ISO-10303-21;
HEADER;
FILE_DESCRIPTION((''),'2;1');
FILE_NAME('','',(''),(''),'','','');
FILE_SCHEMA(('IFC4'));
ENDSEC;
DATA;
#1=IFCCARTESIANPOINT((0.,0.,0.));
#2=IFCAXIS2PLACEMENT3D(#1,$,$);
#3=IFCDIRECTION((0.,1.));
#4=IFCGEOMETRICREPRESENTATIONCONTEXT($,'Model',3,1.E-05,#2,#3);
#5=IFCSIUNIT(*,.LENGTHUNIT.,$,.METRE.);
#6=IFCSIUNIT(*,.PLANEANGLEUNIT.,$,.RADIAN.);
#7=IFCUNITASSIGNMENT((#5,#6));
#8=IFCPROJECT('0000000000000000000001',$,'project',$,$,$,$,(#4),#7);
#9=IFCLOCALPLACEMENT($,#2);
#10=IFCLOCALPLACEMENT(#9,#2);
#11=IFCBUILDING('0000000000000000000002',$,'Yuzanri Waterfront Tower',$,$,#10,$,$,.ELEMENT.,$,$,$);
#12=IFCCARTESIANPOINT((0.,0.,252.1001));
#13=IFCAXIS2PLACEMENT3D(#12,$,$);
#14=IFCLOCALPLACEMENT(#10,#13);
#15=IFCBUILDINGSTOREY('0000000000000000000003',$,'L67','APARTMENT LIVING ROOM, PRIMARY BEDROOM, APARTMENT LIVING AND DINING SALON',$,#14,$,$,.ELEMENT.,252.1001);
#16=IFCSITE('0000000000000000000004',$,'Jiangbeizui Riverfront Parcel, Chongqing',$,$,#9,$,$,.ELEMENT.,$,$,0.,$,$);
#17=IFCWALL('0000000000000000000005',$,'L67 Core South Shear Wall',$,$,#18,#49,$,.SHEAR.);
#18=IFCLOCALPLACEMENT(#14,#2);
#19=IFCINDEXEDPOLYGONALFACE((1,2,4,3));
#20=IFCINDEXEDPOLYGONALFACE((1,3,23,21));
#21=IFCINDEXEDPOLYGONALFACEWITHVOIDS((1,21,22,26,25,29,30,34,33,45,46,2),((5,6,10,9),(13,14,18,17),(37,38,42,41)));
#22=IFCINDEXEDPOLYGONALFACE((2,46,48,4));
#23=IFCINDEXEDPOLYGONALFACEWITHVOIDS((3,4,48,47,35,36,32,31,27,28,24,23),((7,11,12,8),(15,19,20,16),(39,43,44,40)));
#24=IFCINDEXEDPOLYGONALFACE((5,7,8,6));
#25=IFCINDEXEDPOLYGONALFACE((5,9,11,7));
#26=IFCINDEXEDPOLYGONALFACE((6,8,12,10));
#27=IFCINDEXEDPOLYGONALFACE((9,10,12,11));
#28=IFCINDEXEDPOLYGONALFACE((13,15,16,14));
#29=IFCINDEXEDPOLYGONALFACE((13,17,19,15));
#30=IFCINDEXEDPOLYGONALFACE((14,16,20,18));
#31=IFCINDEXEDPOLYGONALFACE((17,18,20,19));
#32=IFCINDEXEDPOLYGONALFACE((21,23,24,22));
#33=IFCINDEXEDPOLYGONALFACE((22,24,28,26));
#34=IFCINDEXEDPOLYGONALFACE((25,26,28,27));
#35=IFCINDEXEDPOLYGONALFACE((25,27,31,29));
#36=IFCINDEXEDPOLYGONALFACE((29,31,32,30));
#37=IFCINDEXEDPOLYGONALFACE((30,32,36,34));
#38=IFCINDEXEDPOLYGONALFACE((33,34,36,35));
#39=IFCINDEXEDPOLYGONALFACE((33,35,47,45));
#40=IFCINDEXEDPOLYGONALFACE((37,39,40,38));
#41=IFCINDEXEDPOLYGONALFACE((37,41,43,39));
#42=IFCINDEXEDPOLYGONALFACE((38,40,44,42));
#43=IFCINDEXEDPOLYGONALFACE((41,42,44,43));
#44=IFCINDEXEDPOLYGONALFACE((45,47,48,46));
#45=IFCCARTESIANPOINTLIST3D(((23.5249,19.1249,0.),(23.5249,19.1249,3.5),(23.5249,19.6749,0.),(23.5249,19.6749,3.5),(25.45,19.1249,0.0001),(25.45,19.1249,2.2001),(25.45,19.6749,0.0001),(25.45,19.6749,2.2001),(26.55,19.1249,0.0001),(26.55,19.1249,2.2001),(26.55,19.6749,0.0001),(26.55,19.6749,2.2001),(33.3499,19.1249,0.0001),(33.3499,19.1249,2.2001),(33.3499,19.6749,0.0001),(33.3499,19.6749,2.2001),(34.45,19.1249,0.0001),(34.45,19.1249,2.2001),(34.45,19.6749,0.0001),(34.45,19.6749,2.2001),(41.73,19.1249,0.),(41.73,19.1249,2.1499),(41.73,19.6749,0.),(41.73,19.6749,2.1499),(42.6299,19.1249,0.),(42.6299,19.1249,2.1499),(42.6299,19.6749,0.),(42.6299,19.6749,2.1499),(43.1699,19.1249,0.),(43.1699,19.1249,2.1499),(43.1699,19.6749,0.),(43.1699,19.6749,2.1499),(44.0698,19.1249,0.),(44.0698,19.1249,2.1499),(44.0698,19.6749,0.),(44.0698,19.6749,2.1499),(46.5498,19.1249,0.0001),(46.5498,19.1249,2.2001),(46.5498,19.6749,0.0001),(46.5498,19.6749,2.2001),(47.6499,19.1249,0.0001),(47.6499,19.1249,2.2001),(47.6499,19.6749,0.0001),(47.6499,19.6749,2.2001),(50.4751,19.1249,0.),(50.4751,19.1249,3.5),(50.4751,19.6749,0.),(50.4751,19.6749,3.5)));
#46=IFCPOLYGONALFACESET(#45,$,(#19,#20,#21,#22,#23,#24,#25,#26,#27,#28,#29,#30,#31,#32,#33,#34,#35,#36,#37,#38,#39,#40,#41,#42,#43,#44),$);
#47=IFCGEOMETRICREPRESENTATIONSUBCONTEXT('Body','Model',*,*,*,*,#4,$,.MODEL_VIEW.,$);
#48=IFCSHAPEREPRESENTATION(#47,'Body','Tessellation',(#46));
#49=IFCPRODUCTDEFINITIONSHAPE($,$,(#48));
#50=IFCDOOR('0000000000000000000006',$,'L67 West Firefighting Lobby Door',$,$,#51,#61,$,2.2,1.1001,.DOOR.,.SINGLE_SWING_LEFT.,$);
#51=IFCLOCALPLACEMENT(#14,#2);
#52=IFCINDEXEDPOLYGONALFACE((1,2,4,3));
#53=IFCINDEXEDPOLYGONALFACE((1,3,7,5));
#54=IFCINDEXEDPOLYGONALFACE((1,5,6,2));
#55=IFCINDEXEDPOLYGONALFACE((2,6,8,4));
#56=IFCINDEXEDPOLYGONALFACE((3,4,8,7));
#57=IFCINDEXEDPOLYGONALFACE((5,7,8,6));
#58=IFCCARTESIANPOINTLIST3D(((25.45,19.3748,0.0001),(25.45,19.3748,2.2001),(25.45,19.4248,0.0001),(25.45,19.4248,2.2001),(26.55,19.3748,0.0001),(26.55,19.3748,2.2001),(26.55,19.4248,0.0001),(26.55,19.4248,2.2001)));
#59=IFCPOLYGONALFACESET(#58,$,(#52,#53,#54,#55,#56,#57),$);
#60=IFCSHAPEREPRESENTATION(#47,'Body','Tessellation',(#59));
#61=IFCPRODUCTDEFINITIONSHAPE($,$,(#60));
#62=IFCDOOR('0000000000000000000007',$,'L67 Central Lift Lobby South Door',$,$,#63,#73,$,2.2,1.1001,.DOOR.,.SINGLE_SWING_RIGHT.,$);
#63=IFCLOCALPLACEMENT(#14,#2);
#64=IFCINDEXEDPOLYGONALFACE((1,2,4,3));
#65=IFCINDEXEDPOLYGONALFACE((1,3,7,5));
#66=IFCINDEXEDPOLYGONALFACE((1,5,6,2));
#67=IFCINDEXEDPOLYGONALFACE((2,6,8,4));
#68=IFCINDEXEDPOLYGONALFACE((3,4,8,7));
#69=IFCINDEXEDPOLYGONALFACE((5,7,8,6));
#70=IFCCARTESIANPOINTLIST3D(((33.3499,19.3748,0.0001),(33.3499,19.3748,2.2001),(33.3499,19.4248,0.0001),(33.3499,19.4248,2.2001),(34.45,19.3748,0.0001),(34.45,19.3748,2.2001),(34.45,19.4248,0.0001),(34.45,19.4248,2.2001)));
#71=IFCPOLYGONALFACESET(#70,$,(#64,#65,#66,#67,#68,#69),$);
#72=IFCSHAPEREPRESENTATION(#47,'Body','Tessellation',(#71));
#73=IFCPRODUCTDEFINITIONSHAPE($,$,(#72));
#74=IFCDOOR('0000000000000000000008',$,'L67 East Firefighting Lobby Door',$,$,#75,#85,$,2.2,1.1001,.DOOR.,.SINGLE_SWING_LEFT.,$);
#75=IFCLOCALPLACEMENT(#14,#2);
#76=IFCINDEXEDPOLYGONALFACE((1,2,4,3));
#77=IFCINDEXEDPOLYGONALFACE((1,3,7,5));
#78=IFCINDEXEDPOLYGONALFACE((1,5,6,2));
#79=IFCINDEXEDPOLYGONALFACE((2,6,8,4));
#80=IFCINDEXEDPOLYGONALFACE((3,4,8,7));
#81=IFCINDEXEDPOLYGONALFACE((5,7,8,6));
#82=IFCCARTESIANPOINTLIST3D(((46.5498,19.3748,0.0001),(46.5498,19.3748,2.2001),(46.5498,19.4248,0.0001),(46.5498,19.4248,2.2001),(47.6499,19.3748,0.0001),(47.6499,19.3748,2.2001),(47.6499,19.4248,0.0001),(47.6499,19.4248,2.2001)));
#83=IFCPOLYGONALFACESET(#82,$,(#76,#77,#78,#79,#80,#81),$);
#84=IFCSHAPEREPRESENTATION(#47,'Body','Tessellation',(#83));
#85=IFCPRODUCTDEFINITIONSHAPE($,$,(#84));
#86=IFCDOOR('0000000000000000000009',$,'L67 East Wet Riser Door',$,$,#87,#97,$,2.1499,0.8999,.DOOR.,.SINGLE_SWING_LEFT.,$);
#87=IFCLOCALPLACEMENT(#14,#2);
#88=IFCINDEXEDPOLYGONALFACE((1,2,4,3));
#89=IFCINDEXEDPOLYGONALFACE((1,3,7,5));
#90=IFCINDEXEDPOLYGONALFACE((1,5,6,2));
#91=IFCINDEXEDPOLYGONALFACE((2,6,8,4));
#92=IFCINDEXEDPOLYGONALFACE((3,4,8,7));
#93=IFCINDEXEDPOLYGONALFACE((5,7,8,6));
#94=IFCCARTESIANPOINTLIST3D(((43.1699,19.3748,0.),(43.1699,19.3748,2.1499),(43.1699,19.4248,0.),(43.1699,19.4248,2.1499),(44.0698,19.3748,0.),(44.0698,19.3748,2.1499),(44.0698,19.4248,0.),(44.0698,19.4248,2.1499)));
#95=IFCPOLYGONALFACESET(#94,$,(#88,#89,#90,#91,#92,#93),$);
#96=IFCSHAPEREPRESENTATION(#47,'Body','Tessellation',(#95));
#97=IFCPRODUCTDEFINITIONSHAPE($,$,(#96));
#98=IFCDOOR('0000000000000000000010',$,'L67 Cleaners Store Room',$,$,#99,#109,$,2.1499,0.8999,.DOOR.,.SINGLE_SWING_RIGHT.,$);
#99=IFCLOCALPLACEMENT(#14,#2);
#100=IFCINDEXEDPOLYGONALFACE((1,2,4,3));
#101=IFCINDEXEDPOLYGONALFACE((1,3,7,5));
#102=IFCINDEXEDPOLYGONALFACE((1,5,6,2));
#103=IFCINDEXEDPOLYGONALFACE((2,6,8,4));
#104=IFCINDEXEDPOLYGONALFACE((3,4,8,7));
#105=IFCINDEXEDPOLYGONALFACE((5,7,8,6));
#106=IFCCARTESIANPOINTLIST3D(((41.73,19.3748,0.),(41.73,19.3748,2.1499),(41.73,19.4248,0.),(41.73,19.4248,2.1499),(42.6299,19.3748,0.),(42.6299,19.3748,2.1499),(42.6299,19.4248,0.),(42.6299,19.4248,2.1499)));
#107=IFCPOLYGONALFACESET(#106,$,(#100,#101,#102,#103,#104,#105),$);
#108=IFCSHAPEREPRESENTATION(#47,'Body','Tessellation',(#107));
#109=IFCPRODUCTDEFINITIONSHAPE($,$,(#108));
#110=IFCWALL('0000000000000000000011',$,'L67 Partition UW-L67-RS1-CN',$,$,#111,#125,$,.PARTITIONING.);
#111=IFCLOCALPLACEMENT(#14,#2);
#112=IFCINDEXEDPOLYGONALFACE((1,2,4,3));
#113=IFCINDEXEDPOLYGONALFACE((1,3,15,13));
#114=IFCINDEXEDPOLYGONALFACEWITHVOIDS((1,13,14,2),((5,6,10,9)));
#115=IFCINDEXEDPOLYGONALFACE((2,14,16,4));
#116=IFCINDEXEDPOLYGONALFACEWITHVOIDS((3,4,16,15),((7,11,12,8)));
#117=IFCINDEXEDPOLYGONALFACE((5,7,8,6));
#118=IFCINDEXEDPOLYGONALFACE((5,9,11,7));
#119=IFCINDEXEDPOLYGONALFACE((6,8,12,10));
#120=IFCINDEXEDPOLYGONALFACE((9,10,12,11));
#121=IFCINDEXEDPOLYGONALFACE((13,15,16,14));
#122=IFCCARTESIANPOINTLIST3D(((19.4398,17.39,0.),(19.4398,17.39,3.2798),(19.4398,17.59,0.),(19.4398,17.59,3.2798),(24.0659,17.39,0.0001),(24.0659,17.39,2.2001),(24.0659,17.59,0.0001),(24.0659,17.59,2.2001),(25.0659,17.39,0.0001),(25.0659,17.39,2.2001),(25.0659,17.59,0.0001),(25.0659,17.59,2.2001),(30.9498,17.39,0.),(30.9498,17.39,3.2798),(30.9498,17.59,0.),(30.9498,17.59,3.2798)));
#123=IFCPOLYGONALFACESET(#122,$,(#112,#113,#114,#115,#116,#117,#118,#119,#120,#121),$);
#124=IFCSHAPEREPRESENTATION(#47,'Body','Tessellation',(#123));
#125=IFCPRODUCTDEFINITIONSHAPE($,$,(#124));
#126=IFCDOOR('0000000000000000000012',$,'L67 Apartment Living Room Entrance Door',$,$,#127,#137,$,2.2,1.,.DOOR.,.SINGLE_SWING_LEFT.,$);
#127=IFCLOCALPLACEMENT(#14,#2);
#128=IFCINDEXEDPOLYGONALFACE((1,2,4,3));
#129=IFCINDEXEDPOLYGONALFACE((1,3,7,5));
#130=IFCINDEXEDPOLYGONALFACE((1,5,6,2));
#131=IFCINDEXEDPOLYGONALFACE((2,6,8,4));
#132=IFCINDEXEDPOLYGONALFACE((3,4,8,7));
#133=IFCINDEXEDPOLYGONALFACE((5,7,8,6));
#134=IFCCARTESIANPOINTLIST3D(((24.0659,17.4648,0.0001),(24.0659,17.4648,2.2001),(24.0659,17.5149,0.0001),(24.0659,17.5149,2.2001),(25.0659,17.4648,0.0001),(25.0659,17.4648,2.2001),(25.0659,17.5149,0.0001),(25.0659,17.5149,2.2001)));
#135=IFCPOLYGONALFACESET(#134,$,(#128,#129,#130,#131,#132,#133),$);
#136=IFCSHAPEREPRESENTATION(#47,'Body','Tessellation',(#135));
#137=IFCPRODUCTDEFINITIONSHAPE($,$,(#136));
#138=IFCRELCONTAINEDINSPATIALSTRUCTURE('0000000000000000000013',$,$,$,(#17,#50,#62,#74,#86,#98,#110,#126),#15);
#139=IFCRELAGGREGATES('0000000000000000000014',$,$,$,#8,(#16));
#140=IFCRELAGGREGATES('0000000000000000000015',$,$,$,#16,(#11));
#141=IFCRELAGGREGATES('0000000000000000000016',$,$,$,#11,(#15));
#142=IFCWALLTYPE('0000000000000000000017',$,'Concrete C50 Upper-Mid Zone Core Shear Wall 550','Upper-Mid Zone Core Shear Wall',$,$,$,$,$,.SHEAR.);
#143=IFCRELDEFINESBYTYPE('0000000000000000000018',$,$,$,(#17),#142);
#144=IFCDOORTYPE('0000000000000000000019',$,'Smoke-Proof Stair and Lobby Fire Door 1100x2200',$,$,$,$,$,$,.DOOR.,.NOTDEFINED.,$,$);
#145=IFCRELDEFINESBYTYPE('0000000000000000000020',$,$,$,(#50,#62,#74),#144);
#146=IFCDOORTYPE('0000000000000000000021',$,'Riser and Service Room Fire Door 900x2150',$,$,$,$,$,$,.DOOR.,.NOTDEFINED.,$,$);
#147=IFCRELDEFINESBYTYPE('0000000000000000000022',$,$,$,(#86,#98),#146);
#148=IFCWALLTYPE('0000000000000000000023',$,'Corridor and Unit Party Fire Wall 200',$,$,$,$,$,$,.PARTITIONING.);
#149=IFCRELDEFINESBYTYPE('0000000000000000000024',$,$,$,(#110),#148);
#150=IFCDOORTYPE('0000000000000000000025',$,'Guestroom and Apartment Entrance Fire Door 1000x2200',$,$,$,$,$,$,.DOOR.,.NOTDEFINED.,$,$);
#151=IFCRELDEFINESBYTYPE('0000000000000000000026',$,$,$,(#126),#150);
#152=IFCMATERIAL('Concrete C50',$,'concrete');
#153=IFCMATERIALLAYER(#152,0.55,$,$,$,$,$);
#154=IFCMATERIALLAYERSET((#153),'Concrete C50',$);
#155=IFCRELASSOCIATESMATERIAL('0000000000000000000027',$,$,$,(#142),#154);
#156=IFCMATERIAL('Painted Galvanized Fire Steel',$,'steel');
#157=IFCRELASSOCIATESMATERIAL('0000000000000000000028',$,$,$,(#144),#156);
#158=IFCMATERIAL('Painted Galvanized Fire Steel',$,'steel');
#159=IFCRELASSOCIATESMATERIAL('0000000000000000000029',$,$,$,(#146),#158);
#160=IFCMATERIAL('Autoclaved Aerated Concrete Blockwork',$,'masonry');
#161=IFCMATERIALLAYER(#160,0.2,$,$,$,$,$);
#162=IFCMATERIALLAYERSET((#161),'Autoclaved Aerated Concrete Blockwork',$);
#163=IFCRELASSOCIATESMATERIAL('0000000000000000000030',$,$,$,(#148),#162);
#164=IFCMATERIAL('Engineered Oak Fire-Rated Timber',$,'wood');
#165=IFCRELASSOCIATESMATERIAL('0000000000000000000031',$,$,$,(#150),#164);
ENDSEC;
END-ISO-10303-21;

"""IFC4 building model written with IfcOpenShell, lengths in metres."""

from ifc_helpers import new_model, si_unit, direction, frame, frame_2d, origin, place, context, subcontext, project, spatial, rectangle, extrude, source, transform, mapped, material, layer, layer_set, type_object, element, fill, save


model = new_model("IFC4")

# Units and contexts
model_context = context("Model", 3, precision=1e-05, world=origin(), true_north=direction((0.0, 1.0)))
body_context = subcontext(model_context, "Body", "Model", "MODEL_VIEW")
ifc_project = project(units=[si_unit("LENGTHUNIT", "METRE"), si_unit("PLANEANGLEUNIT", "RADIAN")], contexts=[model_context])

# Site, building, storey
site_placement = place(None, origin())
site = spatial("IfcSite", under=ifc_project, at=site_placement, Name="Jiangbeizui Riverfront Parcel, Chongqing", CompositionType="ELEMENT", RefElevation=0.0)
building_placement = place(site_placement, origin())
building = spatial("IfcBuilding", under=site, at=building_placement, Name="Yuzanri Waterfront Tower", CompositionType="ELEMENT")
storey_placement = place(building_placement, frame((0.0, 0.0, 252.1001)))
storey = spatial("IfcBuildingStorey", under=building, at=storey_placement, Name="L67", Description="APARTMENT LIVING ROOM, PRIMARY BEDROOM, APARTMENT LIVING AND DINING SALON", CompositionType="ELEMENT", Elevation=252.1001)

# Wall, openings, doors
ifc_material_1 = material(Name="Concrete C50", Category="concrete")
ifc_layer_1 = layer(ifc_material_1, 0.55)
ifc_layer_set_1 = layer_set([ifc_layer_1], Name="Concrete C50")
wall_type_1 = type_object("IfcWallType", Name="Concrete C50 Upper-Mid Zone Core Shear Wall 550", Description="Upper-Mid Zone Core Shear Wall", PredefinedType="SHEAR", material=ifc_layer_set_1)
wall_1_placement = place(storey_placement, frame((23.5249, 19.3999, 0.0), z_axis=(0.0, 0.0, 1.0), x_axis=(1.0, 0.0, 0.0)))
wall_1 = element("IfcWall", 1, at=wall_1_placement, inside=storey, type_object=wall_type_1, Name="L67 Core South Shear Wall", PredefinedType="SHEAR", context=body_context, shape_type="SweptSolid", body=[
    extrude(rectangle(XDim=26.9502, YDim=0.55, at=frame_2d((13.4751, 0.0))), origin(), (0.0, 0.0, 1.0), 3.5),
])
opening_1_placement = place(wall_1_placement, frame((1.925, 0.0, 0.0)))
opening_1 = element("IfcOpeningElement", 2, at=opening_1_placement, cuts=wall_1, PredefinedType="OPENING", context=body_context, shape_type="SweptSolid", body=[
    extrude(rectangle(XDim=1.1001, YDim=2.2, at=frame_2d((0.55, 1.1001))), frame((0.0, 0.29, 0.0), z_axis=(0.0, -1.0, 0.0), x_axis=(1.0, 0.0, 0.0)), (0.0, 0.0, 1.0), 0.5798),
])
opening_2_placement = place(wall_1_placement, frame((9.825, 0.0, 0.0)))
opening_2 = element("IfcOpeningElement", 3, at=opening_2_placement, cuts=wall_1, PredefinedType="OPENING", context=body_context, shape_type="SweptSolid", body=[
    extrude(rectangle(XDim=1.1001, YDim=2.2, at=frame_2d((0.55, 1.1001))), frame((0.0, 0.29, 0.0), z_axis=(0.0, -1.0, 0.0), x_axis=(1.0, 0.0, 0.0)), (0.0, 0.0, 1.0), 0.5798),
])
opening_3_placement = place(wall_1_placement, frame((23.0249, 0.0, 0.0)))
opening_3 = element("IfcOpeningElement", 4, at=opening_3_placement, cuts=wall_1, PredefinedType="OPENING", context=body_context, shape_type="SweptSolid", body=[
    extrude(rectangle(XDim=1.1001, YDim=2.2, at=frame_2d((0.55, 1.1001))), frame((0.0, 0.29, 0.0), z_axis=(0.0, -1.0, 0.0), x_axis=(1.0, 0.0, 0.0)), (0.0, 0.0, 1.0), 0.5798),
])
opening_4_placement = place(wall_1_placement, frame((19.645, 0.0, 0.0)))
opening_4 = element("IfcOpeningElement", 5, at=opening_4_placement, cuts=wall_1, PredefinedType="OPENING", context=body_context, shape_type="SweptSolid", body=[
    extrude(rectangle(XDim=0.8999, YDim=2.1499, at=frame_2d((0.45, 1.075))), frame((0.0, 0.29, 0.0), z_axis=(0.0, -1.0, 0.0), x_axis=(1.0, 0.0, 0.0)), (0.0, 0.0, 1.0), 0.5798),
])
opening_5_placement = place(wall_1_placement, frame((18.2051, 0.0, 0.0)))
opening_5 = element("IfcOpeningElement", 6, at=opening_5_placement, cuts=wall_1, PredefinedType="OPENING", context=body_context, shape_type="SweptSolid", body=[
    extrude(rectangle(XDim=0.8999, YDim=2.1499, at=frame_2d((0.45, 1.075))), frame((0.0, 0.29, 0.0), z_axis=(0.0, -1.0, 0.0), x_axis=(1.0, 0.0, 0.0)), (0.0, 0.0, 1.0), 0.5798),
])
ifc_material_2 = material(Name="Painted Galvanized Fire Steel", Category="steel")
door_type_1 = type_object("IfcDoorType", Name="Smoke-Proof Stair and Lobby Fire Door 1100x2200", OperationType="NOTDEFINED", PredefinedType="DOOR", material=ifc_material_2)
shared_shape_1 = source(origin(), body_context, "Body", "SweptSolid", [
    extrude(rectangle(XDim=1.1001, YDim=2.2, at=frame_2d((0.55, 1.1001))), frame((0.0, 0.0249, 0.0), z_axis=(0.0, -1.0, 0.0), x_axis=(1.0, 0.0, 0.0)), (0.0, 0.0, 1.0), 0.05),
])
door_1_placement = place(opening_1_placement, origin())
door_1 = element("IfcDoor", 7, at=door_1_placement, inside=storey, type_object=door_type_1, Name="L67 West Firefighting Lobby Door", OperationType="SINGLE_SWING_LEFT", OverallHeight=2.2, OverallWidth=1.1001, PredefinedType="DOOR", context=body_context, shape_type="MappedRepresentation", body=[
    mapped(shared_shape_1, transform((0.0, 0.0, 0.0), scale=1.0)),
])
fill(opening_1, door_1)
door_2_placement = place(opening_2_placement, origin())
door_2 = element("IfcDoor", 8, at=door_2_placement, inside=storey, type_object=door_type_1, Name="L67 Central Lift Lobby South Door", OperationType="SINGLE_SWING_RIGHT", OverallHeight=2.2, OverallWidth=1.1001, PredefinedType="DOOR", context=body_context, shape_type="MappedRepresentation", body=[
    mapped(shared_shape_1, transform((0.0, 0.0, 0.0), scale=1.0)),
])
fill(opening_2, door_2)
door_3_placement = place(opening_3_placement, origin())
door_3 = element("IfcDoor", 9, at=door_3_placement, inside=storey, type_object=door_type_1, Name="L67 East Firefighting Lobby Door", OperationType="SINGLE_SWING_LEFT", OverallHeight=2.2, OverallWidth=1.1001, PredefinedType="DOOR", context=body_context, shape_type="MappedRepresentation", body=[
    mapped(shared_shape_1, transform((0.0, 0.0, 0.0), scale=1.0)),
])
fill(opening_3, door_3)
ifc_material_3 = material(Name="Painted Galvanized Fire Steel", Category="steel")
door_type_2 = type_object("IfcDoorType", Name="Riser and Service Room Fire Door 900x2150", OperationType="NOTDEFINED", PredefinedType="DOOR", material=ifc_material_3)
shared_shape_2 = source(origin(), body_context, "Body", "SweptSolid", [
    extrude(rectangle(XDim=0.8999, YDim=2.1499, at=frame_2d((0.45, 1.075))), frame((0.0, 0.0249, 0.0), z_axis=(0.0, -1.0, 0.0), x_axis=(1.0, 0.0, 0.0)), (0.0, 0.0, 1.0), 0.05),
])
door_4_placement = place(opening_4_placement, origin())
door_4 = element("IfcDoor", 10, at=door_4_placement, inside=storey, type_object=door_type_2, Name="L67 East Wet Riser Door", OperationType="SINGLE_SWING_LEFT", OverallHeight=2.1499, OverallWidth=0.8999, PredefinedType="DOOR", context=body_context, shape_type="MappedRepresentation", body=[
    mapped(shared_shape_2, transform((0.0, 0.0, 0.0), scale=1.0)),
])
fill(opening_4, door_4)
door_5_placement = place(opening_5_placement, origin())
door_5 = element("IfcDoor", 11, at=door_5_placement, inside=storey, type_object=door_type_2, Name="L67 Cleaners Store Room", OperationType="SINGLE_SWING_RIGHT", OverallHeight=2.1499, OverallWidth=0.8999, PredefinedType="DOOR", context=body_context, shape_type="MappedRepresentation", body=[
    mapped(shared_shape_2, transform((0.0, 0.0, 0.0), scale=1.0)),
])
fill(opening_5, door_5)

# Wall, opening, door
ifc_material_4 = material(Name="Autoclaved Aerated Concrete Blockwork", Category="masonry")
ifc_layer_2 = layer(ifc_material_4, 0.2)
ifc_layer_set_2 = layer_set([ifc_layer_2], Name="Autoclaved Aerated Concrete Blockwork")
wall_type_2 = type_object("IfcWallType", Name="Corridor and Unit Party Fire Wall 200", PredefinedType="PARTITIONING", material=ifc_layer_set_2)
wall_2_placement = place(storey_placement, frame((19.4399, 17.49, 0.0), z_axis=(0.0, 0.0, 1.0), x_axis=(1.0, 0.0, 0.0)))
wall_2 = element("IfcWall", 12, at=wall_2_placement, inside=storey, type_object=wall_type_2, Name="L67 Partition UW-L67-RS1-CN", PredefinedType="PARTITIONING", context=body_context, shape_type="SweptSolid", body=[
    extrude(rectangle(XDim=11.51, YDim=0.2, at=frame_2d((5.7549, 0.0))), origin(), (0.0, 0.0, 1.0), 3.2798),
])
opening_6_placement = place(wall_2_placement, frame((4.626, 0.0, 0.0)))
opening_6 = element("IfcOpeningElement", 13, at=opening_6_placement, cuts=wall_2, PredefinedType="OPENING", context=body_context, shape_type="SweptSolid", body=[
    extrude(rectangle(XDim=1.0, YDim=2.2, at=frame_2d((0.5, 1.1001))), frame((0.0, 0.1147, 0.0), z_axis=(0.0, -1.0, 0.0), x_axis=(1.0, 0.0, 0.0)), (0.0, 0.0, 1.0), 0.2297),
])
ifc_material_5 = material(Name="Engineered Oak Fire-Rated Timber", Category="wood")
door_type_3 = type_object("IfcDoorType", Name="Guestroom and Apartment Entrance Fire Door 1000x2200", OperationType="NOTDEFINED", PredefinedType="DOOR", material=ifc_material_5)
shared_shape_3 = source(origin(), body_context, "Body", "SweptSolid", [
    extrude(rectangle(XDim=1.0, YDim=2.2, at=frame_2d((0.5, 1.1001))), frame((0.0, 0.0249, 0.0), z_axis=(0.0, -1.0, 0.0), x_axis=(1.0, 0.0, 0.0)), (0.0, 0.0, 1.0), 0.05),
])
door_6_placement = place(opening_6_placement, origin())
door_6 = element("IfcDoor", 14, at=door_6_placement, inside=storey, type_object=door_type_3, Name="L67 Apartment Living Room Entrance Door", OperationType="SINGLE_SWING_LEFT", OverallHeight=2.2, OverallWidth=1.0, PredefinedType="DOOR", context=body_context, shape_type="MappedRepresentation", body=[
    mapped(shared_shape_3, transform((0.0, 0.0, 0.0), scale=1.0)),
])
fill(opening_6, door_6)

save(model, "model.ifc")
